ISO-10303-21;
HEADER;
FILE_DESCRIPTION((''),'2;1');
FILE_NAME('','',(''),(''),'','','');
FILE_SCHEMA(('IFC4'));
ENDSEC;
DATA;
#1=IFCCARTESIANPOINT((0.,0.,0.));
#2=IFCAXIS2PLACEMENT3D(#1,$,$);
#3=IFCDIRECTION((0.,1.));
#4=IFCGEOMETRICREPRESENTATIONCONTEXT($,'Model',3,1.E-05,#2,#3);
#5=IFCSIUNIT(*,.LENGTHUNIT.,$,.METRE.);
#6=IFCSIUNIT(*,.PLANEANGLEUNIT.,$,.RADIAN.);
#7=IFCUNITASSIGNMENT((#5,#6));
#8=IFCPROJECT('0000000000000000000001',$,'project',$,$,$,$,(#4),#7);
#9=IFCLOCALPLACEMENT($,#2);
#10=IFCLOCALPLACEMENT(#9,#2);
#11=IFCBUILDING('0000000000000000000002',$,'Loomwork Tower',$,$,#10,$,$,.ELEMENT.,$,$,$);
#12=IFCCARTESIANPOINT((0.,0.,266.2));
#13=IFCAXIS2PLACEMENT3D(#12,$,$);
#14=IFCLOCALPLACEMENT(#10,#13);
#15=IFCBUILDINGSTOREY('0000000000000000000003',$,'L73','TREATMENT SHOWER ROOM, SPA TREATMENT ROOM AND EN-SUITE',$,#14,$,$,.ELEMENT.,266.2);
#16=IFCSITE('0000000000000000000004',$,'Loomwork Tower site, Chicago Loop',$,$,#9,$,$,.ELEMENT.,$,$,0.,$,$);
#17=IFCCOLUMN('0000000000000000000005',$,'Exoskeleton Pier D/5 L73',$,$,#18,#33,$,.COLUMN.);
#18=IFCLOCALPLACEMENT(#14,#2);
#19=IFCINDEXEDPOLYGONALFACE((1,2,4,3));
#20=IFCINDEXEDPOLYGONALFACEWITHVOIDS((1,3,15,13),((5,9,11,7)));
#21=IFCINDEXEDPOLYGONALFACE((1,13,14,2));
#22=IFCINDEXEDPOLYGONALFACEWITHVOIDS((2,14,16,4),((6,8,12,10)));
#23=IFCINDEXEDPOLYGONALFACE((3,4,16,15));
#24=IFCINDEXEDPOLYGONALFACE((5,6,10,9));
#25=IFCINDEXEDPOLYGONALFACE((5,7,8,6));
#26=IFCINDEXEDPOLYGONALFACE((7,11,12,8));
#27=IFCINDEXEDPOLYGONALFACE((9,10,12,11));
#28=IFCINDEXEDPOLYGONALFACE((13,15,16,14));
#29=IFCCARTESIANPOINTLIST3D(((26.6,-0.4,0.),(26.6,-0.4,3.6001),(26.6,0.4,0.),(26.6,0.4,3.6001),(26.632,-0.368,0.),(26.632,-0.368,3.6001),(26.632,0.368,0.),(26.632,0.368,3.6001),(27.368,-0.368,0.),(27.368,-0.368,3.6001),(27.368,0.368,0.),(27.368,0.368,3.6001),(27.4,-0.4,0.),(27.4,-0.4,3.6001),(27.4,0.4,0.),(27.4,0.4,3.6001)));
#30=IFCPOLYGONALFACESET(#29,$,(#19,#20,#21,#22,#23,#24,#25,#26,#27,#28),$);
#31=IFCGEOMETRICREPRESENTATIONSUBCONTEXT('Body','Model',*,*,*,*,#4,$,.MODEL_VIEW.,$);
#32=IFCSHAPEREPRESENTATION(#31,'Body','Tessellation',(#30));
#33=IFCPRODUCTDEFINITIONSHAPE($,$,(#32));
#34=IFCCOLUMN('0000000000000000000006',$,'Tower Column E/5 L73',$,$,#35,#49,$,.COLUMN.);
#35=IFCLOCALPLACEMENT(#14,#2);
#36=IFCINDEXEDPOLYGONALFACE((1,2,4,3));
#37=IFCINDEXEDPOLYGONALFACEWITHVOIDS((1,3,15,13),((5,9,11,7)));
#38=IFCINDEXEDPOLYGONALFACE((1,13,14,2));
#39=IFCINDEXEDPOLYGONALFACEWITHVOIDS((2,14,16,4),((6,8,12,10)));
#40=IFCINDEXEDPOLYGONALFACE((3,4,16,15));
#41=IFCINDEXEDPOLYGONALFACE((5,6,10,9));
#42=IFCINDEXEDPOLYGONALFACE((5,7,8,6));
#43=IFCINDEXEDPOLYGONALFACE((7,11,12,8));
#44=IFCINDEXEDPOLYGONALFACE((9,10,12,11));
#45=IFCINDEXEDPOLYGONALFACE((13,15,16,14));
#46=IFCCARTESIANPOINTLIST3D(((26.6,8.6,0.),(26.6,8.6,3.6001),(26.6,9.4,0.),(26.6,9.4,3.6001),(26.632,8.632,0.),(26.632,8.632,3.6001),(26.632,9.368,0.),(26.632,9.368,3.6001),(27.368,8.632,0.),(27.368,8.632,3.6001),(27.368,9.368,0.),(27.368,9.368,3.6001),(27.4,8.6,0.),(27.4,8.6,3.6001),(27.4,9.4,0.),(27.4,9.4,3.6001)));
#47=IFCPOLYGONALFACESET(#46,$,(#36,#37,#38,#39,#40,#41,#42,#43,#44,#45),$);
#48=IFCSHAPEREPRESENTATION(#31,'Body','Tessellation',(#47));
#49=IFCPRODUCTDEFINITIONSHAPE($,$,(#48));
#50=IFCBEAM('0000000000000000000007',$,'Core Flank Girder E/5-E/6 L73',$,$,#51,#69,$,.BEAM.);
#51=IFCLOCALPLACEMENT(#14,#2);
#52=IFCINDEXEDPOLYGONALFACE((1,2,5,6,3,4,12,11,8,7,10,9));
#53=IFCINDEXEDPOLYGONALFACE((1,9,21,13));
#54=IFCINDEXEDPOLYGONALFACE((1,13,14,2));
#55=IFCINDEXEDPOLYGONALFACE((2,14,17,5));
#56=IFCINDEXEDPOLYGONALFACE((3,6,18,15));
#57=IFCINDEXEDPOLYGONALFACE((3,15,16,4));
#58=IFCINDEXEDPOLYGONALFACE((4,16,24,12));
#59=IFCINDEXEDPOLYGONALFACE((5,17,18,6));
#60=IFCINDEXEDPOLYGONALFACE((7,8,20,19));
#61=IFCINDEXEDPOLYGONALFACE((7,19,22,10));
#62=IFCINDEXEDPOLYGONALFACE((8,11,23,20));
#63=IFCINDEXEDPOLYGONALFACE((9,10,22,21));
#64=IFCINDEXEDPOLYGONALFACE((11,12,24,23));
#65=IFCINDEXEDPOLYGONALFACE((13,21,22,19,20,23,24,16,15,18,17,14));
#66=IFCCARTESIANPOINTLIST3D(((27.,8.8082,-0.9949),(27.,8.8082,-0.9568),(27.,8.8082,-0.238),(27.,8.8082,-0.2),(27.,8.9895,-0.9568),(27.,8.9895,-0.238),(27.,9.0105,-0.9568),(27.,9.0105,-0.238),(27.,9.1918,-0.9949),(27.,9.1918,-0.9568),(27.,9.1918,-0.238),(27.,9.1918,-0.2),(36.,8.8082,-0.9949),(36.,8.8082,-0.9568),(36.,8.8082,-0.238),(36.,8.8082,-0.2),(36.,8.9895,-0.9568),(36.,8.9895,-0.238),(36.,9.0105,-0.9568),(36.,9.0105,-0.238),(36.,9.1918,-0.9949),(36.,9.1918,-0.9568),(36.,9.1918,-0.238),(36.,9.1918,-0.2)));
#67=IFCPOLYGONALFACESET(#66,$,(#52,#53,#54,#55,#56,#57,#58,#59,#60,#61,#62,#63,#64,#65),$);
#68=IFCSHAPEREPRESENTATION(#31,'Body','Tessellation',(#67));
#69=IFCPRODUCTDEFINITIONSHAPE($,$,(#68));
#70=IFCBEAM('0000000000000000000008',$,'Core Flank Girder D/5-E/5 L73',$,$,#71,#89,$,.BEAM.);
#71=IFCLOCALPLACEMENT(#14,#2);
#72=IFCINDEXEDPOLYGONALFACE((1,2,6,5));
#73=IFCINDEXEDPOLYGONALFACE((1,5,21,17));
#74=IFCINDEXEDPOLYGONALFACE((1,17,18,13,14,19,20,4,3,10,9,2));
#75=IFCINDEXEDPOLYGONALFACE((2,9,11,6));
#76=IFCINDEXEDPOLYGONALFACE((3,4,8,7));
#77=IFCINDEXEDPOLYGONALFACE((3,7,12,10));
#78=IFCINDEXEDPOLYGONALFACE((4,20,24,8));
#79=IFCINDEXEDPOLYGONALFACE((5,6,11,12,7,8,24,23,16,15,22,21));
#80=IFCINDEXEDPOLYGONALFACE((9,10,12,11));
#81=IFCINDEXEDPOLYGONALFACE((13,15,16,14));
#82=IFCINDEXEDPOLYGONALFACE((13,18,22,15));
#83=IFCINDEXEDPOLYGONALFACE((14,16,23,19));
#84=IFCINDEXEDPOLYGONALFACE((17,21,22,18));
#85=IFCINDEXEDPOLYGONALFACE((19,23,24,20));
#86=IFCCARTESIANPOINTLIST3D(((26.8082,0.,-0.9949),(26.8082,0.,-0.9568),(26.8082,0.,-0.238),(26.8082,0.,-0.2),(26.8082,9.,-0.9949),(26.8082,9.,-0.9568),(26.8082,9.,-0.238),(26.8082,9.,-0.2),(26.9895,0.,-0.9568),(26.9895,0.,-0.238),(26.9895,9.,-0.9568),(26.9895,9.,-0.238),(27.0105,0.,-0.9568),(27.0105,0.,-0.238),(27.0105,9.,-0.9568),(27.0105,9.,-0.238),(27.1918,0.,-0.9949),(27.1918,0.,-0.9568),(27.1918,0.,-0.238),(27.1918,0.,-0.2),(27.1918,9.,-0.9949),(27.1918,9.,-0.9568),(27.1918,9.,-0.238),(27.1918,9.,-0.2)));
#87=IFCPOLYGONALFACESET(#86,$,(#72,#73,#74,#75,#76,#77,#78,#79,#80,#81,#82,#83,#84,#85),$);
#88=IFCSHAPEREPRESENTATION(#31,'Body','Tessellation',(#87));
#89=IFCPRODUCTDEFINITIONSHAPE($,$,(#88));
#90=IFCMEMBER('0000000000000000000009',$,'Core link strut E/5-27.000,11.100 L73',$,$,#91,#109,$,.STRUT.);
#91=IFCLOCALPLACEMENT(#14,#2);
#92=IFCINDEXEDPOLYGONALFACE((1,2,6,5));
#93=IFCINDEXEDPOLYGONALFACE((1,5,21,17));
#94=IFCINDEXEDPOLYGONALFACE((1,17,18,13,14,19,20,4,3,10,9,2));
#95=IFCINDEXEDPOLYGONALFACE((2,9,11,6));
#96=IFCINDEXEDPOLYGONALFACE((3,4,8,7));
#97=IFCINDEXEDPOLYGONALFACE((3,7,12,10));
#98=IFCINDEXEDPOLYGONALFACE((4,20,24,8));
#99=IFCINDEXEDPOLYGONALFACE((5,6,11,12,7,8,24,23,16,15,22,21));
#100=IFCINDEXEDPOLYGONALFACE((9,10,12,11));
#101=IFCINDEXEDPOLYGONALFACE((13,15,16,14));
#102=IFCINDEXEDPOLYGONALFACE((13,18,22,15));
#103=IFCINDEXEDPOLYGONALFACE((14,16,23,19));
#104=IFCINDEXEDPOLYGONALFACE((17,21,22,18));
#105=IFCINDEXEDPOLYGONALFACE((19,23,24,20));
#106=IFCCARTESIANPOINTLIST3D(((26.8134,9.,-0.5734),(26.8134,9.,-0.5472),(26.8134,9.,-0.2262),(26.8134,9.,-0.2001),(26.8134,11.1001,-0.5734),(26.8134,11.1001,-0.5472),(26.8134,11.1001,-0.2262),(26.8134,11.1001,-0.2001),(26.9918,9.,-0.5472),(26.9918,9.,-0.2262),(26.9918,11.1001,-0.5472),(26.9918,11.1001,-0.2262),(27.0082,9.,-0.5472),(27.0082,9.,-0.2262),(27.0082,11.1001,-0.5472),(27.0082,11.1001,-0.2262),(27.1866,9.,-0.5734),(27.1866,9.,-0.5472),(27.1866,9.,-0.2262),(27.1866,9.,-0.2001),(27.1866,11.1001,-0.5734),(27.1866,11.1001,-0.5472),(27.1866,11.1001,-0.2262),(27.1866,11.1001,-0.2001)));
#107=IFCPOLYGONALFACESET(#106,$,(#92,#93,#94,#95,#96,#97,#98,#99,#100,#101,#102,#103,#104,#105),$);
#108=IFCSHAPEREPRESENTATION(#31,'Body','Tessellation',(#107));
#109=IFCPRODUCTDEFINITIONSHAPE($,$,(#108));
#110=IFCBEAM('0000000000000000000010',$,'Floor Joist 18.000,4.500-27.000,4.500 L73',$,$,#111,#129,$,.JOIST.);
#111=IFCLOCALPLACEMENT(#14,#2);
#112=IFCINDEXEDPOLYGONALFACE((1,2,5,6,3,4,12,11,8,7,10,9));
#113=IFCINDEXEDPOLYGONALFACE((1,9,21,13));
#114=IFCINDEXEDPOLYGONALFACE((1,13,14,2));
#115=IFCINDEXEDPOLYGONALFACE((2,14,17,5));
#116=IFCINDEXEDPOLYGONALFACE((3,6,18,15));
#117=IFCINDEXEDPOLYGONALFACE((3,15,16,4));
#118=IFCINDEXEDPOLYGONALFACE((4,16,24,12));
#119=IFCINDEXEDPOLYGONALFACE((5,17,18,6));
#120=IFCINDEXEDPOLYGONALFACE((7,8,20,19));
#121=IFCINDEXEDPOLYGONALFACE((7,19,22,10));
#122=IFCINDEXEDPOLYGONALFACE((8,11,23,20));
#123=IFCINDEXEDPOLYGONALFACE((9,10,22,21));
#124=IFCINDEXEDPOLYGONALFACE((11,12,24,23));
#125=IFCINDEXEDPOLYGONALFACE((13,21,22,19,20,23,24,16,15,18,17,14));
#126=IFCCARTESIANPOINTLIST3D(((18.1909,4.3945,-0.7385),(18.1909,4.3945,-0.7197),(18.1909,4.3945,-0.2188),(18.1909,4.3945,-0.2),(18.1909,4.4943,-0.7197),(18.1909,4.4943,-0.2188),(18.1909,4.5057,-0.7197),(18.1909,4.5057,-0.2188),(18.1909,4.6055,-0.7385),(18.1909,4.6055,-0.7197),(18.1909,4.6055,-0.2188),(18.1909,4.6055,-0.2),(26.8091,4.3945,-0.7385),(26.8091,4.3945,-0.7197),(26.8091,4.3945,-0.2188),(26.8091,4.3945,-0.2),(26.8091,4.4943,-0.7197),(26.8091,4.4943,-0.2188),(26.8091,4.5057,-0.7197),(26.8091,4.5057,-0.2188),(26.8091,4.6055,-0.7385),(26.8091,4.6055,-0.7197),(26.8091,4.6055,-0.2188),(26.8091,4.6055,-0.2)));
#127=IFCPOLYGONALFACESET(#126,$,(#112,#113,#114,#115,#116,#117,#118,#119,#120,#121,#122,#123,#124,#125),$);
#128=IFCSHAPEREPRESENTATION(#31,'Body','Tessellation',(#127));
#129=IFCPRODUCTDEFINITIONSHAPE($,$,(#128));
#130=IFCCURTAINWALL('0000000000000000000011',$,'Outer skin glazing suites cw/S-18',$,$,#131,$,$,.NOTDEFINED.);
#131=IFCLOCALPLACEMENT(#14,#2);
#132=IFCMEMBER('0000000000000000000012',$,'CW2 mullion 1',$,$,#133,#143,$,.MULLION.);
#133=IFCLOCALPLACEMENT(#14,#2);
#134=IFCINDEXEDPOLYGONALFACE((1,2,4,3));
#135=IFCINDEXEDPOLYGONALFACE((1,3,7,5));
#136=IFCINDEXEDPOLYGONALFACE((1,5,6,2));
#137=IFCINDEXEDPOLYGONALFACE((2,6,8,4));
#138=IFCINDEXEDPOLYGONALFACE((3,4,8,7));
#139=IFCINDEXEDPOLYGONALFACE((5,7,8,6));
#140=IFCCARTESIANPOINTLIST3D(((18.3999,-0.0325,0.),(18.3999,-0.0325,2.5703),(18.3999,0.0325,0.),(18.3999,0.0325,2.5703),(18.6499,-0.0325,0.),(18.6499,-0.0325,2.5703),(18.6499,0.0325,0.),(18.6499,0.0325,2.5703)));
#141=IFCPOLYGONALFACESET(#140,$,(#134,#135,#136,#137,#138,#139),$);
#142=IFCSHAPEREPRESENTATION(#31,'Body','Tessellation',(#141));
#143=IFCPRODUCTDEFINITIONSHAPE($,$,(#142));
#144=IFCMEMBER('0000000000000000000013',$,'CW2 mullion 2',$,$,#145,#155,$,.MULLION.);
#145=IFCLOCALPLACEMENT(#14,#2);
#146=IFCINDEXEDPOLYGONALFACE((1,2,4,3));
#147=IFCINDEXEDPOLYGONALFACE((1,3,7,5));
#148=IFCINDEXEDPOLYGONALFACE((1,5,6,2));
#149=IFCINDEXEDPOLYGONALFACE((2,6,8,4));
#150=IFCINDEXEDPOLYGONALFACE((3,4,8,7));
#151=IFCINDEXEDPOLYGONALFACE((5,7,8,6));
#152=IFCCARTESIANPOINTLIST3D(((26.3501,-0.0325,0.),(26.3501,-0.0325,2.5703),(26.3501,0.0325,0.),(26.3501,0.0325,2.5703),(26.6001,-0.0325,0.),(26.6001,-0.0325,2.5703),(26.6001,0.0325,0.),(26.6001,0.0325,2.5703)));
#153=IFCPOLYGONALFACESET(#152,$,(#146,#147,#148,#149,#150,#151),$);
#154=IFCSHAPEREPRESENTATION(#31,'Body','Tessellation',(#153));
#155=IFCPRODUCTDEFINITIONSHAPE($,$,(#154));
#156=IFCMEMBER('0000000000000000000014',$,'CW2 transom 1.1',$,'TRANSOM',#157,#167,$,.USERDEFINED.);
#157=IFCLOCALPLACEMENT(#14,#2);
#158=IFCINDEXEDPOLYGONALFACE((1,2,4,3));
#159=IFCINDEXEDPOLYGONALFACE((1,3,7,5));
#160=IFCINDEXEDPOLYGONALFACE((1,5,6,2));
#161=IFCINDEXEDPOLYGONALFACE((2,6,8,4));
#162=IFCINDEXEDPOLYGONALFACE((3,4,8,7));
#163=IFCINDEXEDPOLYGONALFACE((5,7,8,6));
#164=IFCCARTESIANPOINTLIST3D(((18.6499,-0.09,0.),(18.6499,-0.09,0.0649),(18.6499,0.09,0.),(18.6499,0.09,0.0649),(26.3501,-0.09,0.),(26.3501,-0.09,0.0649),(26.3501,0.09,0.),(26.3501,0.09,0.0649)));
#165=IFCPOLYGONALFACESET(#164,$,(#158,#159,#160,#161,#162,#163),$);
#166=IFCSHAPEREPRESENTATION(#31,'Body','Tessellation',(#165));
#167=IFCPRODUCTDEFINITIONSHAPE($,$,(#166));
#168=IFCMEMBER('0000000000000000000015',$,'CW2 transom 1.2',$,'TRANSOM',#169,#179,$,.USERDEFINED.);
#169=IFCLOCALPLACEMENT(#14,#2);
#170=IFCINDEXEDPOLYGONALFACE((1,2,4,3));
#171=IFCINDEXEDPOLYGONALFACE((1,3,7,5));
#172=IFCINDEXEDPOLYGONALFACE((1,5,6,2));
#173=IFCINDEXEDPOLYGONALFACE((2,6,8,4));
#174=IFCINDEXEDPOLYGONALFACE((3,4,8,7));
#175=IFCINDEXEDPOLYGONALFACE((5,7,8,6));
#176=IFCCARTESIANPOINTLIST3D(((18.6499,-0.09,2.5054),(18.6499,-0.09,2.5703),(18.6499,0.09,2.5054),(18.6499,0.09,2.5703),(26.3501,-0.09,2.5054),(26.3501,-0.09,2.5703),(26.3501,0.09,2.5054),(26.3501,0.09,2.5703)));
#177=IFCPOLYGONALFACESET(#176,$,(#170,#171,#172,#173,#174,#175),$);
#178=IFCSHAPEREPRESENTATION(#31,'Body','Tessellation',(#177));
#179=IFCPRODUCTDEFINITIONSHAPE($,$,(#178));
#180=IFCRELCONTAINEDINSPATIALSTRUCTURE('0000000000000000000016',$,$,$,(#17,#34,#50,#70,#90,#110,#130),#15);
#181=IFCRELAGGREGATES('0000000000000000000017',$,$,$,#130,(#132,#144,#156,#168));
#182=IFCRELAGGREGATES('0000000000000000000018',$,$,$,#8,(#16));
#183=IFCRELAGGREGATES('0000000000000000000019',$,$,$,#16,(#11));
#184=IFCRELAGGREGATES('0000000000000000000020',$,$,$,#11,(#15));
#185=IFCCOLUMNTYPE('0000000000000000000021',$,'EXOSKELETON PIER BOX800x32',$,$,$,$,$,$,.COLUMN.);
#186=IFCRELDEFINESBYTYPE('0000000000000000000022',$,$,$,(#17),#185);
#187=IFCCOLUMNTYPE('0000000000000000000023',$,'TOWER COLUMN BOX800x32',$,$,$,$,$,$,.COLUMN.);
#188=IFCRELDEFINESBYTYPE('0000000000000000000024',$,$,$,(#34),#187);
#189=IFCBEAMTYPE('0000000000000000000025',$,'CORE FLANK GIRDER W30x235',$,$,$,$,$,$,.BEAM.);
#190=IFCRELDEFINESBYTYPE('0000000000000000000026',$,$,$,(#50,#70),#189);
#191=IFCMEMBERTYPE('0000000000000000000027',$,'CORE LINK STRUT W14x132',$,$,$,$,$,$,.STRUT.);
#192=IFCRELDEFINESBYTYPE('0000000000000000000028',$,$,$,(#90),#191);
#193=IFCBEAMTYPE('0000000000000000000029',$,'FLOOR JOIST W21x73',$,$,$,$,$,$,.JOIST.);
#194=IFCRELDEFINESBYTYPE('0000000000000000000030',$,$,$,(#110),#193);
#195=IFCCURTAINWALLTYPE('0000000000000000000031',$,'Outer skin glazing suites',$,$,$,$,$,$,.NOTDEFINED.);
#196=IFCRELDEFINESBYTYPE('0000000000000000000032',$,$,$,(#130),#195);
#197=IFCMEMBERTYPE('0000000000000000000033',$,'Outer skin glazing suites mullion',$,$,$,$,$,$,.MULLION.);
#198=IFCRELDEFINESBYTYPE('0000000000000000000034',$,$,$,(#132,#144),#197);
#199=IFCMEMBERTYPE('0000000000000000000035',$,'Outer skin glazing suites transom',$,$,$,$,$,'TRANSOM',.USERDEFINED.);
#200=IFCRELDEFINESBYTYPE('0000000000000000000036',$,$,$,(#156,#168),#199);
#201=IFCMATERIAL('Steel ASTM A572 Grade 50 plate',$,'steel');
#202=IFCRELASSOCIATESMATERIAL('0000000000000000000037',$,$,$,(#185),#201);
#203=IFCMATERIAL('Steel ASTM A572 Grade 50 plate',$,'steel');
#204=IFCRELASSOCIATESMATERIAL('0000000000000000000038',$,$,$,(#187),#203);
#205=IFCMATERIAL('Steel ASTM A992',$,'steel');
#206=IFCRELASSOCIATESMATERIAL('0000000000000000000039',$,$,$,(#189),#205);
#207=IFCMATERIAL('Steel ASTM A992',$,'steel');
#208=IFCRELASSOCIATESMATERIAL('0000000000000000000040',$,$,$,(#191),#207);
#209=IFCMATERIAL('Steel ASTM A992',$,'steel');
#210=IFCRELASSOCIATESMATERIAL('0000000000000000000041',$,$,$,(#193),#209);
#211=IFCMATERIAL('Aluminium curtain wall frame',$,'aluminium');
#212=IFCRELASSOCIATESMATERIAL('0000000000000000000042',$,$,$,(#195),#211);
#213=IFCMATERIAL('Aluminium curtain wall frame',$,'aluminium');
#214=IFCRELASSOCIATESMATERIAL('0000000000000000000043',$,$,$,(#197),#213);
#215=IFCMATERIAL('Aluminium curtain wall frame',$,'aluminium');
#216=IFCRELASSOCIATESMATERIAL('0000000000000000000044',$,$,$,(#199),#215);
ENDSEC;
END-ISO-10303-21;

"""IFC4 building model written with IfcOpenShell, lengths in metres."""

from ifc_helpers import new_model, si_unit, direction, frame, origin, origin_2d, place, context, subcontext, project, spatial, rectangle, hollow_rectangle, i_section, extrude, material, material_profile, profile_set, type_object, element, aggregate, save


model = new_model("IFC4")

# Units and contexts
model_context = context("Model", 3, precision=1e-05, world=origin(), true_north=direction((0.0, 1.0)))
body_context = subcontext(model_context, "Body", "Model", "MODEL_VIEW")
ifc_project = project(units=[si_unit("LENGTHUNIT", "METRE"), si_unit("PLANEANGLEUNIT", "RADIAN")], contexts=[model_context])

# Site, building, storey
site_placement = place(None, origin())
site = spatial("IfcSite", under=ifc_project, at=site_placement, Name="Loomwork Tower site, Chicago Loop", CompositionType="ELEMENT", RefElevation=0.0)
building_placement = place(site_placement, origin())
building = spatial("IfcBuilding", under=site, at=building_placement, Name="Loomwork Tower", CompositionType="ELEMENT")
storey_placement = place(building_placement, frame((0.0, 0.0, 266.2)))
storey = spatial("IfcBuildingStorey", under=building, at=storey_placement, Name="L73", Description="TREATMENT SHOWER ROOM, SPA TREATMENT ROOM AND EN-SUITE", CompositionType="ELEMENT", Elevation=266.2)

# Columns
ifc_material_1 = material(Name="Steel ASTM A572 Grade 50 plate", Category="steel")
ifc_material_profile_1 = material_profile(ifc_material_1, hollow_rectangle(XDim=0.8, YDim=0.8, WallThickness=0.032, at=origin_2d()), Name="BOX800x32")
ifc_profile_set_1 = profile_set([ifc_material_profile_1], Name="Steel ASTM A572 Grade 50 plate")
column_type_1 = type_object("IfcColumnType", Name="EXOSKELETON PIER BOX800x32", PredefinedType="COLUMN", material=ifc_profile_set_1)
column_1_placement = place(storey_placement, frame((27.0, 0.0, 0.0), z_axis=(0.0, 0.0, 1.0), x_axis=(1.0, 0.0, 0.0)))
element("IfcColumn", 1, at=column_1_placement, inside=storey, type_object=column_type_1, Name="Exoskeleton Pier D/5 L73", PredefinedType="COLUMN", context=body_context, shape_type="SweptSolid", body=[
    extrude(hollow_rectangle(XDim=0.8, YDim=0.8, WallThickness=0.032, at=origin_2d()), origin(), (0.0, 0.0, 1.0), 3.6001),
])
ifc_material_2 = material(Name="Steel ASTM A572 Grade 50 plate", Category="steel")
ifc_material_profile_2 = material_profile(ifc_material_2, hollow_rectangle(XDim=0.8, YDim=0.8, WallThickness=0.032, at=origin_2d()), Name="BOX800x32")
ifc_profile_set_2 = profile_set([ifc_material_profile_2], Name="Steel ASTM A572 Grade 50 plate")
column_type_2 = type_object("IfcColumnType", Name="TOWER COLUMN BOX800x32", PredefinedType="COLUMN", material=ifc_profile_set_2)
column_2_placement = place(storey_placement, frame((27.0, 9.0, 0.0), z_axis=(0.0, 0.0, 1.0), x_axis=(1.0, 0.0, 0.0)))
element("IfcColumn", 2, at=column_2_placement, inside=storey, type_object=column_type_2, Name="Tower Column E/5 L73", PredefinedType="COLUMN", context=body_context, shape_type="SweptSolid", body=[
    extrude(hollow_rectangle(XDim=0.8, YDim=0.8, WallThickness=0.032, at=origin_2d()), origin(), (0.0, 0.0, 1.0), 3.6001),
])

# Beams
ifc_material_3 = material(Name="Steel ASTM A992", Category="steel")
ifc_material_profile_3 = material_profile(ifc_material_3, i_section(OverallWidth=0.3835, OverallDepth=0.7949, WebThickness=0.021, FlangeThickness=0.0381, at=origin_2d()), Name="W30x235")
ifc_profile_set_3 = profile_set([ifc_material_profile_3], Name="Steel ASTM A992")
beam_type_1 = type_object("IfcBeamType", Name="CORE FLANK GIRDER W30x235", PredefinedType="BEAM", material=ifc_profile_set_3)
for number, where, z_axis, x_axis, name in (
    (3, (27.0, 9.0, -0.5974), (1.0, 0.0, 0.0), (0.0, 1.0, 0.0), "Core Flank Girder E/5-E/6 L73"),
    (4, (27.0, 0.0, -0.5974), (0.0, 1.0, 0.0), (-1.0, 0.0, 0.0), "Core Flank Girder D/5-E/5 L73"),
):
    element("IfcBeam", number, at=place(storey_placement, frame(where, z_axis=z_axis, x_axis=x_axis)), inside=storey, type_object=beam_type_1, Name=name, PredefinedType="BEAM", context=body_context, shape_type="SweptSolid", body=[
        extrude(i_section(OverallWidth=0.3835, OverallDepth=0.7949, WebThickness=0.021, FlangeThickness=0.0381, at=origin_2d()), origin(), (0.0, 0.0, 1.0), 9.0),
    ])

# Member
ifc_material_4 = material(Name="Steel ASTM A992", Category="steel")
ifc_material_profile_4 = material_profile(ifc_material_4, i_section(OverallWidth=0.3733, OverallDepth=0.3733, WebThickness=0.0164, FlangeThickness=0.0261, at=origin_2d()), Name="W14x132")
ifc_profile_set_4 = profile_set([ifc_material_profile_4], Name="Steel ASTM A992")
member_type_1 = type_object("IfcMemberType", Name="CORE LINK STRUT W14x132", PredefinedType="STRUT", material=ifc_profile_set_4)
member_1_placement = place(storey_placement, frame((27.0, 9.0, -0.3867), z_axis=(0.0, 1.0, 0.0), x_axis=(-1.0, 0.0, 0.0)))
element("IfcMember", 5, at=member_1_placement, inside=storey, type_object=member_type_1, Name="Core link strut E/5-27.000,11.100 L73", PredefinedType="STRUT", context=body_context, shape_type="SweptSolid", body=[
    extrude(i_section(OverallWidth=0.3733, OverallDepth=0.3733, WebThickness=0.0164, FlangeThickness=0.0261, at=origin_2d()), origin(), (0.0, 0.0, 1.0), 2.1001),
])

# Beam
ifc_material_5 = material(Name="Steel ASTM A992", Category="steel")
ifc_material_profile_5 = material_profile(ifc_material_5, i_section(OverallWidth=0.2109, OverallDepth=0.5386, WebThickness=0.0115, FlangeThickness=0.0188, at=origin_2d()), Name="W21x73")
ifc_profile_set_5 = profile_set([ifc_material_profile_5], Name="Steel ASTM A992")
beam_type_2 = type_object("IfcBeamType", Name="FLOOR JOIST W21x73", PredefinedType="JOIST", material=ifc_profile_set_5)
beam_1_placement = place(storey_placement, frame((18.1909, 4.5, -0.4692), z_axis=(1.0, 0.0, 0.0), x_axis=(0.0, 1.0, 0.0)))
element("IfcBeam", 6, at=beam_1_placement, inside=storey, type_object=beam_type_2, Name="Floor Joist 18.000,4.500-27.000,4.500 L73", PredefinedType="JOIST", context=body_context, shape_type="SweptSolid", body=[
    extrude(i_section(OverallWidth=0.2109, OverallDepth=0.5386, WebThickness=0.0115, FlangeThickness=0.0188, at=origin_2d()), origin(), (0.0, 0.0, 1.0), 8.6182),
])

# Curtain wall, members
ifc_material_6 = material(Name="Aluminium curtain wall frame", Category="aluminium")
curtain_wall_type = type_object("IfcCurtainWallType", Name="Outer skin glazing suites", PredefinedType="NOTDEFINED", material=ifc_material_6)
curtain_wall_placement = place(storey_placement, origin())
curtain_wall = element("IfcCurtainWall", 7, at=curtain_wall_placement, inside=storey, type_object=curtain_wall_type, Name="Outer skin glazing suites cw/S-18", PredefinedType="NOTDEFINED")
ifc_material_7 = material(Name="Aluminium curtain wall frame", Category="aluminium")
ifc_material_profile_6 = material_profile(ifc_material_7, rectangle(XDim=0.0649, YDim=0.25, at=origin_2d()), Name="AL 65x250")
ifc_profile_set_6 = profile_set([ifc_material_profile_6], Name="Aluminium curtain wall frame")
member_type_2 = type_object("IfcMemberType", Name="Outer skin glazing suites mullion", PredefinedType="MULLION", material=ifc_profile_set_6)
member_2_placement = place(storey_placement, frame((18.5249, 0.0, 0.0), z_axis=(0.0, 0.0, 1.0), x_axis=(0.0, 1.0, 0.0)))
member_2 = element("IfcMember", 8, at=member_2_placement, type_object=member_type_2, Name="CW2 mullion 1", PredefinedType="MULLION", context=body_context, shape_type="SweptSolid", body=[
    extrude(rectangle(XDim=0.0649, YDim=0.25, at=origin_2d()), origin(), (0.0, 0.0, 1.0), 2.5703),
])
member_3_placement = place(storey_placement, frame((26.4751, 0.0, 0.0), z_axis=(0.0, 0.0, 1.0), x_axis=(0.0, 1.0, 0.0)))
member_3 = element("IfcMember", 9, at=member_3_placement, type_object=member_type_2, Name="CW2 mullion 2", PredefinedType="MULLION", context=body_context, shape_type="SweptSolid", body=[
    extrude(rectangle(XDim=0.0649, YDim=0.25, at=origin_2d()), origin(), (0.0, 0.0, 1.0), 2.5703),
])
ifc_material_8 = material(Name="Aluminium curtain wall frame", Category="aluminium")
ifc_material_profile_7 = material_profile(ifc_material_8, rectangle(XDim=0.1799, YDim=0.0649, at=origin_2d()), Name="AL 65x180")
ifc_profile_set_7 = profile_set([ifc_material_profile_7], Name="Aluminium curtain wall frame")
member_type_3 = type_object("IfcMemberType", Name="Outer skin glazing suites transom", ElementType="TRANSOM", PredefinedType="USERDEFINED", material=ifc_profile_set_7)
member_4_placement = place(storey_placement, frame((18.6499, 0.0, 0.0325), z_axis=(1.0, 0.0, 0.0), x_axis=(0.0, 1.0, 0.0)))
member_4 = element("IfcMember", 10, at=member_4_placement, type_object=member_type_3, Name="CW2 transom 1.1", ObjectType="TRANSOM", PredefinedType="USERDEFINED", context=body_context, shape_type="SweptSolid", body=[
    extrude(rectangle(XDim=0.1799, YDim=0.0649, at=origin_2d()), origin(), (0.0, 0.0, 1.0), 7.7002),
])
member_5_placement = place(storey_placement, frame((18.6499, 0.0, 2.5378), z_axis=(1.0, 0.0, 0.0), x_axis=(0.0, 1.0, 0.0)))
member_5 = element("IfcMember", 11, at=member_5_placement, type_object=member_type_3, Name="CW2 transom 1.2", ObjectType="TRANSOM", PredefinedType="USERDEFINED", context=body_context, shape_type="SweptSolid", body=[
    extrude(rectangle(XDim=0.1799, YDim=0.0649, at=origin_2d()), origin(), (0.0, 0.0, 1.0), 7.7002),
])

aggregate(curtain_wall, [member_2, member_3, member_4, member_5])

save(model, "model.ifc")
